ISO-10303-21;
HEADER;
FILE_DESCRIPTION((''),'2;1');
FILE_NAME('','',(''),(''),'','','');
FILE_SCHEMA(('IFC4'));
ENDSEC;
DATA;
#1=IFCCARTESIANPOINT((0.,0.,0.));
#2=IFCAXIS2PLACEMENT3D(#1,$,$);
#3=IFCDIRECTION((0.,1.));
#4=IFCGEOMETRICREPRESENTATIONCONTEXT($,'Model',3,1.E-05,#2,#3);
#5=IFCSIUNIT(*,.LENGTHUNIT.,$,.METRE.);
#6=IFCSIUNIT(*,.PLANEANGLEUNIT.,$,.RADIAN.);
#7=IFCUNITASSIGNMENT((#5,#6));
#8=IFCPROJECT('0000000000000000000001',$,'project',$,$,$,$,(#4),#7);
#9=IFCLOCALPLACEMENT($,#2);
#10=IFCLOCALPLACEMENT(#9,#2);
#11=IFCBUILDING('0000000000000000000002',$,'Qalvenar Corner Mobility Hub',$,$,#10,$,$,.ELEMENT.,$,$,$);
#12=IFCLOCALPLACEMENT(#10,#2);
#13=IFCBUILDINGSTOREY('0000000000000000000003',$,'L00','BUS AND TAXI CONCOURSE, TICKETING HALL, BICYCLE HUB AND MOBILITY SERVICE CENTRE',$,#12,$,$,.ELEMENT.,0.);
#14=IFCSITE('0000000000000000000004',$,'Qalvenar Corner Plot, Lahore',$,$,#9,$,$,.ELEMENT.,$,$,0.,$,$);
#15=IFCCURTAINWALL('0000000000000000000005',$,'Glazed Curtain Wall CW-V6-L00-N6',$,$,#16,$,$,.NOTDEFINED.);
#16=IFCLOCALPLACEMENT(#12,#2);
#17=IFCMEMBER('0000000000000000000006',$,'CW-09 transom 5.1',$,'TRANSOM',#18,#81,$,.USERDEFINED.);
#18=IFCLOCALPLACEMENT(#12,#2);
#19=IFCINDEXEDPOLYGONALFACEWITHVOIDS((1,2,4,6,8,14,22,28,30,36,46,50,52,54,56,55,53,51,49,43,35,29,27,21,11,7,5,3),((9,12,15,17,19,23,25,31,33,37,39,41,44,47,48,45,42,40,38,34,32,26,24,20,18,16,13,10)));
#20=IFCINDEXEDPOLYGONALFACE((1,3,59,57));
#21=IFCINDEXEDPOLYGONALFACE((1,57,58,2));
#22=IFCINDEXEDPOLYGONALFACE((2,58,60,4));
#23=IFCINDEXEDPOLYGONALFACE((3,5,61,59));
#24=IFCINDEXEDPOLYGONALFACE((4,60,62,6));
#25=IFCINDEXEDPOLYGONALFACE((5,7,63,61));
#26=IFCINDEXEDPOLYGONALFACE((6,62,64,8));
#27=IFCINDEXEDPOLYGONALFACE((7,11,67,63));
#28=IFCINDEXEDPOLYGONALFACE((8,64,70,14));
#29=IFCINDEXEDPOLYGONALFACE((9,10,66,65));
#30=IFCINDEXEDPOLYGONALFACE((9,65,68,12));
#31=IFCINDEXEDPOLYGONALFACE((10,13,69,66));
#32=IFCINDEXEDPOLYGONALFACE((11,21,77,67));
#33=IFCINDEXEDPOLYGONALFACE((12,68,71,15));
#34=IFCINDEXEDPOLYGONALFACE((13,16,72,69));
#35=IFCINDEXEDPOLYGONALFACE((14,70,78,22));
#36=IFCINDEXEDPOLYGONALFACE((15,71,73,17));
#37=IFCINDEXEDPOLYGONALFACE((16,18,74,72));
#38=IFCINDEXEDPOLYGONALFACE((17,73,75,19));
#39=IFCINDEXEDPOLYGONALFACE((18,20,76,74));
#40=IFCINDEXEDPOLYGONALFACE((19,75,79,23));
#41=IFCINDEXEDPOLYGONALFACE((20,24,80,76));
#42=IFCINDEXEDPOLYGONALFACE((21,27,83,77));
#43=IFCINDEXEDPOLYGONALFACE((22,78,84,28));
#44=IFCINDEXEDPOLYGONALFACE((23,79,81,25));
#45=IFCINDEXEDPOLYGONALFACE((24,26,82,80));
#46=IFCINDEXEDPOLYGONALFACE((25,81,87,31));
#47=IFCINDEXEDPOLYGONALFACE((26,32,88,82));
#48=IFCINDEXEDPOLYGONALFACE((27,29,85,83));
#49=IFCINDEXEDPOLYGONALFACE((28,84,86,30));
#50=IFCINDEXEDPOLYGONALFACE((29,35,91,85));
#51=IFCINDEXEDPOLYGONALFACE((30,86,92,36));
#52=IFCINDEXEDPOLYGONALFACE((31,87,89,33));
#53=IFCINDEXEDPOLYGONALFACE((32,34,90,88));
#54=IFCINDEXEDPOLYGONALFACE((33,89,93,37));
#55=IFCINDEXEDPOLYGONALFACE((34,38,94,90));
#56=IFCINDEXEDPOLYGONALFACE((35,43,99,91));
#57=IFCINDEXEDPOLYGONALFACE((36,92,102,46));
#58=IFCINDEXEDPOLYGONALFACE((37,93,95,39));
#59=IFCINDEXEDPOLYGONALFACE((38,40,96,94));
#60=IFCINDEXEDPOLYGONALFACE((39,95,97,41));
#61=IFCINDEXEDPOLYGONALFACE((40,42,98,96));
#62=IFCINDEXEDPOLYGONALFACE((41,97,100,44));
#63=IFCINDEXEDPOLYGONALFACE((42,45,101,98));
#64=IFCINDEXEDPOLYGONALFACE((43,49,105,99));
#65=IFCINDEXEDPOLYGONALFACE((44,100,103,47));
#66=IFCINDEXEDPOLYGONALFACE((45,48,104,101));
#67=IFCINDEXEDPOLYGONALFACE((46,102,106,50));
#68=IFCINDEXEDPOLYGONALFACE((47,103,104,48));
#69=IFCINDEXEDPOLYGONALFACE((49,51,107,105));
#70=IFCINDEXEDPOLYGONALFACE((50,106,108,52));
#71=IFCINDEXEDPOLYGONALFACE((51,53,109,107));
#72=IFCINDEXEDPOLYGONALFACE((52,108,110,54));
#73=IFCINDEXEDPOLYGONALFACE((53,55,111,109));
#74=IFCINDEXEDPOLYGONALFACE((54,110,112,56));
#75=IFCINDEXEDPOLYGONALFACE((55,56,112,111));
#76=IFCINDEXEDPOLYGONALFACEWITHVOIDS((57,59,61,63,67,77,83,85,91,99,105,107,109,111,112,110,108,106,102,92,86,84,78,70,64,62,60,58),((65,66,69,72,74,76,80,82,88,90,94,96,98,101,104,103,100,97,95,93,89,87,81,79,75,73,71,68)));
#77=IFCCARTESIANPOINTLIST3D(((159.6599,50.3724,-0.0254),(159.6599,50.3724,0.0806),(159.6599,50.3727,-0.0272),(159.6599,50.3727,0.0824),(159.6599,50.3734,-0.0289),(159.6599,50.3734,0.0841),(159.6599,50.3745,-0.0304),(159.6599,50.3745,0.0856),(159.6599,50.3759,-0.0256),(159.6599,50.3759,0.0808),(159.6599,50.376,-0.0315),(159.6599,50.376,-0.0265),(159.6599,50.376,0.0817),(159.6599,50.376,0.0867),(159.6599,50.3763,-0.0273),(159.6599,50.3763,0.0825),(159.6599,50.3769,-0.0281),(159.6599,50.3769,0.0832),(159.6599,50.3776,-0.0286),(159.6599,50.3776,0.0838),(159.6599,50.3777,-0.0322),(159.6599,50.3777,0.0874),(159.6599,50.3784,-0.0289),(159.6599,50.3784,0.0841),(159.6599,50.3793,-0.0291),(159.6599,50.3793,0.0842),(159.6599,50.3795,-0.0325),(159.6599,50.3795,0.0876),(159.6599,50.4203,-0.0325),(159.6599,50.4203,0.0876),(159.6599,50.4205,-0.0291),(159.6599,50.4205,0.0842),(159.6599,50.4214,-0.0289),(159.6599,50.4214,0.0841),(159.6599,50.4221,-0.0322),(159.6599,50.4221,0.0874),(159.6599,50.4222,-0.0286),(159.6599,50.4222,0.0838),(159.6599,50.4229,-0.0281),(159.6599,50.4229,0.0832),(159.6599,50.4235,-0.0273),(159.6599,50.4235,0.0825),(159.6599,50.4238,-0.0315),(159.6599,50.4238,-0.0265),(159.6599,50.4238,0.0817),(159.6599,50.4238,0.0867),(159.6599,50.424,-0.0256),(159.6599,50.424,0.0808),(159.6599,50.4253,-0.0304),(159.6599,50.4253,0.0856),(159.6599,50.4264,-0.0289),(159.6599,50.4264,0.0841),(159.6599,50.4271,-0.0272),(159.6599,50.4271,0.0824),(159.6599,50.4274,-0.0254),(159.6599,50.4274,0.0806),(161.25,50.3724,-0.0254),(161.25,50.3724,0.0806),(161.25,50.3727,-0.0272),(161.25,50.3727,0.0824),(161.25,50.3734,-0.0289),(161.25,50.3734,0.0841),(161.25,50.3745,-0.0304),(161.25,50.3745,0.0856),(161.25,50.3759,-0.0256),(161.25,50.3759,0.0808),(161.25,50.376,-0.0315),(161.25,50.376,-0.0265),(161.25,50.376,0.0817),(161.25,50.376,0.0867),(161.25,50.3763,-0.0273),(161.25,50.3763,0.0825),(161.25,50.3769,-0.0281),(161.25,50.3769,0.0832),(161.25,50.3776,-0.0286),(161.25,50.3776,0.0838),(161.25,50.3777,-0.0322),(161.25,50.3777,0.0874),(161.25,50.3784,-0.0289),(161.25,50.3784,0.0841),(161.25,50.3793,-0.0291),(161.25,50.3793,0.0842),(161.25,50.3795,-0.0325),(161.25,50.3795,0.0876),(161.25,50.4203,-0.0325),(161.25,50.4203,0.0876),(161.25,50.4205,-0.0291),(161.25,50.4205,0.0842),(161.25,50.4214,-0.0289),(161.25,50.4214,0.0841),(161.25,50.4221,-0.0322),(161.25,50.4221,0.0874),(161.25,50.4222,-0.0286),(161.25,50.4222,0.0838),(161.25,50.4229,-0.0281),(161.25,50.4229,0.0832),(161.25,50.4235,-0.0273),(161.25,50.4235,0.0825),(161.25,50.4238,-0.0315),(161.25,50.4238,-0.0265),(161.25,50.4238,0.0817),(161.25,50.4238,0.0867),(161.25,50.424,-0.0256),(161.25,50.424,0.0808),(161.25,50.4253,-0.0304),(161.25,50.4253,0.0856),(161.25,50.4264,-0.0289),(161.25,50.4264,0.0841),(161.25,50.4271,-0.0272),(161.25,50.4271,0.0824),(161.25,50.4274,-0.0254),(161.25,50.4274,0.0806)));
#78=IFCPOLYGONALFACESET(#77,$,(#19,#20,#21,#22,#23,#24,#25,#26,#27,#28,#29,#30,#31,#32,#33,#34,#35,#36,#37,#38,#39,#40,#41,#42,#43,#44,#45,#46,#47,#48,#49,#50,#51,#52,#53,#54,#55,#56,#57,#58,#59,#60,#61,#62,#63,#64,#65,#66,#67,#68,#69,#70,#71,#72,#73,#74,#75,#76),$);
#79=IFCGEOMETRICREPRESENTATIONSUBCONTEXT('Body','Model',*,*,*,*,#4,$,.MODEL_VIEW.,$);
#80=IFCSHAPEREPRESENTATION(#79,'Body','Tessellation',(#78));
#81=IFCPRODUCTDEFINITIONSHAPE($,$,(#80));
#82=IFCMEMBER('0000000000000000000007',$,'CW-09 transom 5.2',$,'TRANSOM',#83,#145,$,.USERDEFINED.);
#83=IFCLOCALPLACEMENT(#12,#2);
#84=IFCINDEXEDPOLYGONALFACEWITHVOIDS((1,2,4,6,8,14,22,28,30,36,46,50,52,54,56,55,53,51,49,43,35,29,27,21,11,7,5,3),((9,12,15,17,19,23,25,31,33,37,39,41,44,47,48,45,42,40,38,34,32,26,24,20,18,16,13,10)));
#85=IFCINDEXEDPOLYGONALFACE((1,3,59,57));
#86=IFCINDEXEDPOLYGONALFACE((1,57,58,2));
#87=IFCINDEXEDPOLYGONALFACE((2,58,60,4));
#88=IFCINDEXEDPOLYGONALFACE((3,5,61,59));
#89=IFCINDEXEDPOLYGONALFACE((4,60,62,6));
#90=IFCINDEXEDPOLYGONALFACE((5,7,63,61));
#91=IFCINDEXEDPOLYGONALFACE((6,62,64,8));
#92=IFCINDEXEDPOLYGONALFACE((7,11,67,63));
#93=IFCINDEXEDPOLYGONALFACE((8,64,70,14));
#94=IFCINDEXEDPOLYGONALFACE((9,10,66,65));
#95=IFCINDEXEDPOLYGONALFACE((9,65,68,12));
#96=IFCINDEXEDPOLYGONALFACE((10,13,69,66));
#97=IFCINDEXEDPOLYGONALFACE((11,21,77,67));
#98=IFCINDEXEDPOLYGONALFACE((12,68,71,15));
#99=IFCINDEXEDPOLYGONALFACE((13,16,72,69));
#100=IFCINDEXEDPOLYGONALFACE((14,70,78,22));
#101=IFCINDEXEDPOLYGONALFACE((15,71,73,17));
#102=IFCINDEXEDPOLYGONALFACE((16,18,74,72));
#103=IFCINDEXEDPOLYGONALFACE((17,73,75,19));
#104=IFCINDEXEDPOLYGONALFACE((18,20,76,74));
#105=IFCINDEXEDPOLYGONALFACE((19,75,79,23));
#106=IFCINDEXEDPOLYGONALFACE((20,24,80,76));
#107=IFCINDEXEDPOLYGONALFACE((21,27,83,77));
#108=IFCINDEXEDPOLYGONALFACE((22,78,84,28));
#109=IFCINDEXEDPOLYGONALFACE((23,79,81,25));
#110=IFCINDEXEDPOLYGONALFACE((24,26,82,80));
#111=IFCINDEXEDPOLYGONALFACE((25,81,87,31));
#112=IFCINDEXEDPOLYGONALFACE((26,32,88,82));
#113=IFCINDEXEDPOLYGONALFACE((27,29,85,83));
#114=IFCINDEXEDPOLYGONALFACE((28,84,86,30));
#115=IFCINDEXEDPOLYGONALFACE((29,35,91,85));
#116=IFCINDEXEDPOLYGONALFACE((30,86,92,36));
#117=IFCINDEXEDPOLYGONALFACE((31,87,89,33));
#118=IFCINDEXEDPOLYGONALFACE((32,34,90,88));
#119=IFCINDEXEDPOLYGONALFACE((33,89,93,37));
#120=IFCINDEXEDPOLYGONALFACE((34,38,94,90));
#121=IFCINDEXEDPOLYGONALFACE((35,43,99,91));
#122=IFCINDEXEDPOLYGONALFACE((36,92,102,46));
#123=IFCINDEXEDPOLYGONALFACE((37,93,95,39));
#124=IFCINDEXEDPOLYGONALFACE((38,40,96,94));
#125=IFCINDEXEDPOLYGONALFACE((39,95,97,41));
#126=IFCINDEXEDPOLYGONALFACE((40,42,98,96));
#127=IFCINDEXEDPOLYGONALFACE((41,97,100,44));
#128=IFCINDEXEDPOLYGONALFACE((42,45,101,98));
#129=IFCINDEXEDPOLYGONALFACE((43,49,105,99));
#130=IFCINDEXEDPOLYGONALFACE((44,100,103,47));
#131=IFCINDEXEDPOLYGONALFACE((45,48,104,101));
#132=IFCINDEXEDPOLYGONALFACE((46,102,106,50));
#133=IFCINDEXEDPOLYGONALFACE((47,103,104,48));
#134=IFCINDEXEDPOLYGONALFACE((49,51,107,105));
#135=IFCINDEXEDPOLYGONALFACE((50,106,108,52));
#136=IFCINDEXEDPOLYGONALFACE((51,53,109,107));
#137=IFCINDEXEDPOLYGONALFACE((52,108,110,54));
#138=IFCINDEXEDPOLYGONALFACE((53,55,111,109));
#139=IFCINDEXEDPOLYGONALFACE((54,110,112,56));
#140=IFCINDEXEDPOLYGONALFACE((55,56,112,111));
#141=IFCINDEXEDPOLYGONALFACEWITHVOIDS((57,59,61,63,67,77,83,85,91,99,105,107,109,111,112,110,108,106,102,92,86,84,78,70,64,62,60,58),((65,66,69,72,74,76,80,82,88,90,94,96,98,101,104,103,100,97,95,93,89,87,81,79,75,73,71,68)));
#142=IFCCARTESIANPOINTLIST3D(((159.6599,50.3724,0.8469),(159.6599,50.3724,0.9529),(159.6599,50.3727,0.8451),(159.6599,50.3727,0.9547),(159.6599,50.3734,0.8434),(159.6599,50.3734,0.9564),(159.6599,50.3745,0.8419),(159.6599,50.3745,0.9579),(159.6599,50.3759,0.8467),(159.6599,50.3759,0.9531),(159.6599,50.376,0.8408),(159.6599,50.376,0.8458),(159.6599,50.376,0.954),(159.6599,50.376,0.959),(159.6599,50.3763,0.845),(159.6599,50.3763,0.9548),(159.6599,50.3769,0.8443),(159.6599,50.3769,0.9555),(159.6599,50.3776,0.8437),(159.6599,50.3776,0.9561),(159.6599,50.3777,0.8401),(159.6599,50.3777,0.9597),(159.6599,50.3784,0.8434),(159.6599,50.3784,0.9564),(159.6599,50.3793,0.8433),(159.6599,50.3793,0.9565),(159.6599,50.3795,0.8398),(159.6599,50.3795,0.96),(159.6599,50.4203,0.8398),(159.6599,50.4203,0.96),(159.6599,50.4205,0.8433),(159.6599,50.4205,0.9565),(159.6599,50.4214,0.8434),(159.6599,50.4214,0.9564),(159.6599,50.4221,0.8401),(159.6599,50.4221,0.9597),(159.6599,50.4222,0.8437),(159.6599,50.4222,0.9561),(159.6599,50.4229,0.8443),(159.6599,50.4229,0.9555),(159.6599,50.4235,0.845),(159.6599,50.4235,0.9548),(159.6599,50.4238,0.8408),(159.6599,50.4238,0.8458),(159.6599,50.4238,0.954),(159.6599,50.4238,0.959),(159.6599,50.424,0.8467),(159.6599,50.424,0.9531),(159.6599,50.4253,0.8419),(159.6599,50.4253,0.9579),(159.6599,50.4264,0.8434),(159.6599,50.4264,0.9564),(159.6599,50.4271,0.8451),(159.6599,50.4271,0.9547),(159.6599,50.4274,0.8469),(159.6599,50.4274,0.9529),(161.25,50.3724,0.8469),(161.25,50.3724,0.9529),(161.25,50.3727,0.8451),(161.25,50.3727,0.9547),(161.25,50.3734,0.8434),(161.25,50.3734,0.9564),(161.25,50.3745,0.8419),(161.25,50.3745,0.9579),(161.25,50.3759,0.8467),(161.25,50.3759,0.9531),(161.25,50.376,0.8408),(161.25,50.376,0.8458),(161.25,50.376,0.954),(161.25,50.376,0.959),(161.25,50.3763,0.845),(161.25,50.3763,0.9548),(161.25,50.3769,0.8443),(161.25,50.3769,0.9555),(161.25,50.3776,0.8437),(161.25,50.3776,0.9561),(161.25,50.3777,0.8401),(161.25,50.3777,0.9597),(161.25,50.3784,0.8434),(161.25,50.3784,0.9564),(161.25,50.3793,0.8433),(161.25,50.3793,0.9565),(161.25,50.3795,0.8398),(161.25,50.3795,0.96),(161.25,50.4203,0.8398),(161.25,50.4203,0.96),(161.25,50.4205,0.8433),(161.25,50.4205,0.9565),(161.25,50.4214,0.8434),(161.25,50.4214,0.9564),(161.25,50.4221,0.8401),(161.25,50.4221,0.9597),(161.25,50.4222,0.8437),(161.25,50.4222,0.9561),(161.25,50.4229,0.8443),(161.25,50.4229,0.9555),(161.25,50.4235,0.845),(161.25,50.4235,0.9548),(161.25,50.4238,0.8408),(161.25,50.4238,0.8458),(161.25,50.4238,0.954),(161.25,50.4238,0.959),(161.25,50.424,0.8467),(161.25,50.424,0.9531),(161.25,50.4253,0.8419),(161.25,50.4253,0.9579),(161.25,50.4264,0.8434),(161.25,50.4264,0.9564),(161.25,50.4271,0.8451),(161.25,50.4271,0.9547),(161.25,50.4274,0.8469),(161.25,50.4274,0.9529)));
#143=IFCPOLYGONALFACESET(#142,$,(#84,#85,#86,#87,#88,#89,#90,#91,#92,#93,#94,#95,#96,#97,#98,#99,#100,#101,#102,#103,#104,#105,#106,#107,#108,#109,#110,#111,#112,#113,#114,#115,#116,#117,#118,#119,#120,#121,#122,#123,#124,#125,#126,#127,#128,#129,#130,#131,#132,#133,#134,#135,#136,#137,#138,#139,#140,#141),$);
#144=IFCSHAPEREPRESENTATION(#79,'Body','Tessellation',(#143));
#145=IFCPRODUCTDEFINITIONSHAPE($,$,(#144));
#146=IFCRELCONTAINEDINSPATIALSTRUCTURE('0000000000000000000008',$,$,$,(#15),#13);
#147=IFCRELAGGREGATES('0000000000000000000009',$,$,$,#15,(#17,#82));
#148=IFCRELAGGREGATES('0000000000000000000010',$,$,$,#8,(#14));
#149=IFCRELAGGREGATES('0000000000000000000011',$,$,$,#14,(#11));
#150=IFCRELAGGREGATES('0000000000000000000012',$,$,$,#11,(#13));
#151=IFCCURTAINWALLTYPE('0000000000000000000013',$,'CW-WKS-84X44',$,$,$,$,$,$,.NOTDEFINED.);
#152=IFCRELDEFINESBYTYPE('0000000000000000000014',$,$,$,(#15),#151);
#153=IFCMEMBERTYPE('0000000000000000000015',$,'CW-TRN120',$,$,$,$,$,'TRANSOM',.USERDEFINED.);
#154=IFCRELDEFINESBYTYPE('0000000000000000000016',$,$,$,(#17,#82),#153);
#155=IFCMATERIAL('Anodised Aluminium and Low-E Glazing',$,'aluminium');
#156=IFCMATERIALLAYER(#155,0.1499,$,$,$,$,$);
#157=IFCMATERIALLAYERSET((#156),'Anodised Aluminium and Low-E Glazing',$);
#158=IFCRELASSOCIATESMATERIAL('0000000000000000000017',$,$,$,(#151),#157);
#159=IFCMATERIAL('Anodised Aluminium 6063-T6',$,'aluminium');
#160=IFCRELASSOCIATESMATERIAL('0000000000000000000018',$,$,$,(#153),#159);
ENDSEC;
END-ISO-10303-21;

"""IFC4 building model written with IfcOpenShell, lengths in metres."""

from ifc_helpers import new_model, si_unit, direction, frame, origin, origin_2d, place, context, subcontext, project, spatial, hollow_rectangle, extrude, material, layer, layer_set, material_profile, profile_set, type_object, element, aggregate, save


model = new_model("IFC4")

# Units and contexts
model_context = context("Model", 3, precision=1e-05, world=origin(), true_north=direction((0.0, 1.0)))
body_context = subcontext(model_context, "Body", "Model", "MODEL_VIEW")
ifc_project = project(units=[si_unit("LENGTHUNIT", "METRE"), si_unit("PLANEANGLEUNIT", "RADIAN")], contexts=[model_context])

# Site, building, storey
site_placement = place(None, origin())
site = spatial("IfcSite", under=ifc_project, at=site_placement, Name="Qalvenar Corner Plot, Lahore", CompositionType="ELEMENT", RefElevation=0.0)
building_placement = place(site_placement, origin())
building = spatial("IfcBuilding", under=site, at=building_placement, Name="Qalvenar Corner Mobility Hub", CompositionType="ELEMENT")
storey_placement = place(building_placement, origin())
storey = spatial("IfcBuildingStorey", under=building, at=storey_placement, Name="L00", Description="BUS AND TAXI CONCOURSE, TICKETING HALL, BICYCLE HUB AND MOBILITY SERVICE CENTRE", CompositionType="ELEMENT", Elevation=0.0)

# Shared definitions
ifc_material_1 = material(Name="Anodised Aluminium and Low-E Glazing", Category="aluminium")
ifc_layer_1 = layer(ifc_material_1, 0.1499)
ifc_layer_set_1 = layer_set([ifc_layer_1], Name="Anodised Aluminium and Low-E Glazing")
curtain_wall_type = type_object("IfcCurtainWallType", Name="CW-WKS-84X44", PredefinedType="NOTDEFINED", material=ifc_layer_set_1)
ifc_material_2 = material(Name="Anodised Aluminium 6063-T6", Category="aluminium")

# Curtain wall
curtain_wall_1_placement = place(storey_placement, origin())
curtain_wall_1 = element("IfcCurtainWall", 1, at=curtain_wall_1_placement, inside=storey, type_object=curtain_wall_type, Name="Glazed Curtain Wall CW-V6-L00-N6", PredefinedType="NOTDEFINED")

# Members
ifc_material_profile_1 = material_profile(ifc_material_2, hollow_rectangle(XDim=0.0549, YDim=0.1201, WallThickness=0.0034, InnerFilletRadius=0.0034, OuterFilletRadius=0.0071, at=origin_2d()), Name="RHS120x55x3.5")
ifc_profile_set_1 = profile_set([ifc_material_profile_1], Name="Anodised Aluminium 6063-T6")
member_type_1 = type_object("IfcMemberType", Name="CW-TRN120", ElementType="TRANSOM", PredefinedType="USERDEFINED", material=ifc_profile_set_1)
member_1_placement = place(storey_placement, frame((161.25, 50.3999, 0.0276), z_axis=(-1.0, 0.0, 0.0), x_axis=(0.0, -1.0, 0.0)))
member_1 = element("IfcMember", 2, at=member_1_placement, type_object=member_type_1, Name="CW-09 transom 5.1", ObjectType="TRANSOM", PredefinedType="USERDEFINED", context=body_context, shape_type="SweptSolid", body=[
    extrude(hollow_rectangle(XDim=0.0549, YDim=0.1201, WallThickness=0.0034, InnerFilletRadius=0.0034, OuterFilletRadius=0.0071, at=origin_2d()), origin(), (0.0, 0.0, 1.0), 1.5901),
])
member_2_placement = place(storey_placement, frame((161.25, 50.3999, 0.8999), z_axis=(-1.0, 0.0, 0.0), x_axis=(0.0, -1.0, 0.0)))
member_2 = element("IfcMember", 3, at=member_2_placement, type_object=member_type_1, Name="CW-09 transom 5.2", ObjectType="TRANSOM", PredefinedType="USERDEFINED", context=body_context, shape_type="SweptSolid", body=[
    extrude(hollow_rectangle(XDim=0.0549, YDim=0.1201, WallThickness=0.0034, InnerFilletRadius=0.0034, OuterFilletRadius=0.0071, at=origin_2d()), origin(), (0.0, 0.0, 1.0), 1.5901),
])

aggregate(curtain_wall_1, [member_1, member_2])

save(model, "model.ifc")
